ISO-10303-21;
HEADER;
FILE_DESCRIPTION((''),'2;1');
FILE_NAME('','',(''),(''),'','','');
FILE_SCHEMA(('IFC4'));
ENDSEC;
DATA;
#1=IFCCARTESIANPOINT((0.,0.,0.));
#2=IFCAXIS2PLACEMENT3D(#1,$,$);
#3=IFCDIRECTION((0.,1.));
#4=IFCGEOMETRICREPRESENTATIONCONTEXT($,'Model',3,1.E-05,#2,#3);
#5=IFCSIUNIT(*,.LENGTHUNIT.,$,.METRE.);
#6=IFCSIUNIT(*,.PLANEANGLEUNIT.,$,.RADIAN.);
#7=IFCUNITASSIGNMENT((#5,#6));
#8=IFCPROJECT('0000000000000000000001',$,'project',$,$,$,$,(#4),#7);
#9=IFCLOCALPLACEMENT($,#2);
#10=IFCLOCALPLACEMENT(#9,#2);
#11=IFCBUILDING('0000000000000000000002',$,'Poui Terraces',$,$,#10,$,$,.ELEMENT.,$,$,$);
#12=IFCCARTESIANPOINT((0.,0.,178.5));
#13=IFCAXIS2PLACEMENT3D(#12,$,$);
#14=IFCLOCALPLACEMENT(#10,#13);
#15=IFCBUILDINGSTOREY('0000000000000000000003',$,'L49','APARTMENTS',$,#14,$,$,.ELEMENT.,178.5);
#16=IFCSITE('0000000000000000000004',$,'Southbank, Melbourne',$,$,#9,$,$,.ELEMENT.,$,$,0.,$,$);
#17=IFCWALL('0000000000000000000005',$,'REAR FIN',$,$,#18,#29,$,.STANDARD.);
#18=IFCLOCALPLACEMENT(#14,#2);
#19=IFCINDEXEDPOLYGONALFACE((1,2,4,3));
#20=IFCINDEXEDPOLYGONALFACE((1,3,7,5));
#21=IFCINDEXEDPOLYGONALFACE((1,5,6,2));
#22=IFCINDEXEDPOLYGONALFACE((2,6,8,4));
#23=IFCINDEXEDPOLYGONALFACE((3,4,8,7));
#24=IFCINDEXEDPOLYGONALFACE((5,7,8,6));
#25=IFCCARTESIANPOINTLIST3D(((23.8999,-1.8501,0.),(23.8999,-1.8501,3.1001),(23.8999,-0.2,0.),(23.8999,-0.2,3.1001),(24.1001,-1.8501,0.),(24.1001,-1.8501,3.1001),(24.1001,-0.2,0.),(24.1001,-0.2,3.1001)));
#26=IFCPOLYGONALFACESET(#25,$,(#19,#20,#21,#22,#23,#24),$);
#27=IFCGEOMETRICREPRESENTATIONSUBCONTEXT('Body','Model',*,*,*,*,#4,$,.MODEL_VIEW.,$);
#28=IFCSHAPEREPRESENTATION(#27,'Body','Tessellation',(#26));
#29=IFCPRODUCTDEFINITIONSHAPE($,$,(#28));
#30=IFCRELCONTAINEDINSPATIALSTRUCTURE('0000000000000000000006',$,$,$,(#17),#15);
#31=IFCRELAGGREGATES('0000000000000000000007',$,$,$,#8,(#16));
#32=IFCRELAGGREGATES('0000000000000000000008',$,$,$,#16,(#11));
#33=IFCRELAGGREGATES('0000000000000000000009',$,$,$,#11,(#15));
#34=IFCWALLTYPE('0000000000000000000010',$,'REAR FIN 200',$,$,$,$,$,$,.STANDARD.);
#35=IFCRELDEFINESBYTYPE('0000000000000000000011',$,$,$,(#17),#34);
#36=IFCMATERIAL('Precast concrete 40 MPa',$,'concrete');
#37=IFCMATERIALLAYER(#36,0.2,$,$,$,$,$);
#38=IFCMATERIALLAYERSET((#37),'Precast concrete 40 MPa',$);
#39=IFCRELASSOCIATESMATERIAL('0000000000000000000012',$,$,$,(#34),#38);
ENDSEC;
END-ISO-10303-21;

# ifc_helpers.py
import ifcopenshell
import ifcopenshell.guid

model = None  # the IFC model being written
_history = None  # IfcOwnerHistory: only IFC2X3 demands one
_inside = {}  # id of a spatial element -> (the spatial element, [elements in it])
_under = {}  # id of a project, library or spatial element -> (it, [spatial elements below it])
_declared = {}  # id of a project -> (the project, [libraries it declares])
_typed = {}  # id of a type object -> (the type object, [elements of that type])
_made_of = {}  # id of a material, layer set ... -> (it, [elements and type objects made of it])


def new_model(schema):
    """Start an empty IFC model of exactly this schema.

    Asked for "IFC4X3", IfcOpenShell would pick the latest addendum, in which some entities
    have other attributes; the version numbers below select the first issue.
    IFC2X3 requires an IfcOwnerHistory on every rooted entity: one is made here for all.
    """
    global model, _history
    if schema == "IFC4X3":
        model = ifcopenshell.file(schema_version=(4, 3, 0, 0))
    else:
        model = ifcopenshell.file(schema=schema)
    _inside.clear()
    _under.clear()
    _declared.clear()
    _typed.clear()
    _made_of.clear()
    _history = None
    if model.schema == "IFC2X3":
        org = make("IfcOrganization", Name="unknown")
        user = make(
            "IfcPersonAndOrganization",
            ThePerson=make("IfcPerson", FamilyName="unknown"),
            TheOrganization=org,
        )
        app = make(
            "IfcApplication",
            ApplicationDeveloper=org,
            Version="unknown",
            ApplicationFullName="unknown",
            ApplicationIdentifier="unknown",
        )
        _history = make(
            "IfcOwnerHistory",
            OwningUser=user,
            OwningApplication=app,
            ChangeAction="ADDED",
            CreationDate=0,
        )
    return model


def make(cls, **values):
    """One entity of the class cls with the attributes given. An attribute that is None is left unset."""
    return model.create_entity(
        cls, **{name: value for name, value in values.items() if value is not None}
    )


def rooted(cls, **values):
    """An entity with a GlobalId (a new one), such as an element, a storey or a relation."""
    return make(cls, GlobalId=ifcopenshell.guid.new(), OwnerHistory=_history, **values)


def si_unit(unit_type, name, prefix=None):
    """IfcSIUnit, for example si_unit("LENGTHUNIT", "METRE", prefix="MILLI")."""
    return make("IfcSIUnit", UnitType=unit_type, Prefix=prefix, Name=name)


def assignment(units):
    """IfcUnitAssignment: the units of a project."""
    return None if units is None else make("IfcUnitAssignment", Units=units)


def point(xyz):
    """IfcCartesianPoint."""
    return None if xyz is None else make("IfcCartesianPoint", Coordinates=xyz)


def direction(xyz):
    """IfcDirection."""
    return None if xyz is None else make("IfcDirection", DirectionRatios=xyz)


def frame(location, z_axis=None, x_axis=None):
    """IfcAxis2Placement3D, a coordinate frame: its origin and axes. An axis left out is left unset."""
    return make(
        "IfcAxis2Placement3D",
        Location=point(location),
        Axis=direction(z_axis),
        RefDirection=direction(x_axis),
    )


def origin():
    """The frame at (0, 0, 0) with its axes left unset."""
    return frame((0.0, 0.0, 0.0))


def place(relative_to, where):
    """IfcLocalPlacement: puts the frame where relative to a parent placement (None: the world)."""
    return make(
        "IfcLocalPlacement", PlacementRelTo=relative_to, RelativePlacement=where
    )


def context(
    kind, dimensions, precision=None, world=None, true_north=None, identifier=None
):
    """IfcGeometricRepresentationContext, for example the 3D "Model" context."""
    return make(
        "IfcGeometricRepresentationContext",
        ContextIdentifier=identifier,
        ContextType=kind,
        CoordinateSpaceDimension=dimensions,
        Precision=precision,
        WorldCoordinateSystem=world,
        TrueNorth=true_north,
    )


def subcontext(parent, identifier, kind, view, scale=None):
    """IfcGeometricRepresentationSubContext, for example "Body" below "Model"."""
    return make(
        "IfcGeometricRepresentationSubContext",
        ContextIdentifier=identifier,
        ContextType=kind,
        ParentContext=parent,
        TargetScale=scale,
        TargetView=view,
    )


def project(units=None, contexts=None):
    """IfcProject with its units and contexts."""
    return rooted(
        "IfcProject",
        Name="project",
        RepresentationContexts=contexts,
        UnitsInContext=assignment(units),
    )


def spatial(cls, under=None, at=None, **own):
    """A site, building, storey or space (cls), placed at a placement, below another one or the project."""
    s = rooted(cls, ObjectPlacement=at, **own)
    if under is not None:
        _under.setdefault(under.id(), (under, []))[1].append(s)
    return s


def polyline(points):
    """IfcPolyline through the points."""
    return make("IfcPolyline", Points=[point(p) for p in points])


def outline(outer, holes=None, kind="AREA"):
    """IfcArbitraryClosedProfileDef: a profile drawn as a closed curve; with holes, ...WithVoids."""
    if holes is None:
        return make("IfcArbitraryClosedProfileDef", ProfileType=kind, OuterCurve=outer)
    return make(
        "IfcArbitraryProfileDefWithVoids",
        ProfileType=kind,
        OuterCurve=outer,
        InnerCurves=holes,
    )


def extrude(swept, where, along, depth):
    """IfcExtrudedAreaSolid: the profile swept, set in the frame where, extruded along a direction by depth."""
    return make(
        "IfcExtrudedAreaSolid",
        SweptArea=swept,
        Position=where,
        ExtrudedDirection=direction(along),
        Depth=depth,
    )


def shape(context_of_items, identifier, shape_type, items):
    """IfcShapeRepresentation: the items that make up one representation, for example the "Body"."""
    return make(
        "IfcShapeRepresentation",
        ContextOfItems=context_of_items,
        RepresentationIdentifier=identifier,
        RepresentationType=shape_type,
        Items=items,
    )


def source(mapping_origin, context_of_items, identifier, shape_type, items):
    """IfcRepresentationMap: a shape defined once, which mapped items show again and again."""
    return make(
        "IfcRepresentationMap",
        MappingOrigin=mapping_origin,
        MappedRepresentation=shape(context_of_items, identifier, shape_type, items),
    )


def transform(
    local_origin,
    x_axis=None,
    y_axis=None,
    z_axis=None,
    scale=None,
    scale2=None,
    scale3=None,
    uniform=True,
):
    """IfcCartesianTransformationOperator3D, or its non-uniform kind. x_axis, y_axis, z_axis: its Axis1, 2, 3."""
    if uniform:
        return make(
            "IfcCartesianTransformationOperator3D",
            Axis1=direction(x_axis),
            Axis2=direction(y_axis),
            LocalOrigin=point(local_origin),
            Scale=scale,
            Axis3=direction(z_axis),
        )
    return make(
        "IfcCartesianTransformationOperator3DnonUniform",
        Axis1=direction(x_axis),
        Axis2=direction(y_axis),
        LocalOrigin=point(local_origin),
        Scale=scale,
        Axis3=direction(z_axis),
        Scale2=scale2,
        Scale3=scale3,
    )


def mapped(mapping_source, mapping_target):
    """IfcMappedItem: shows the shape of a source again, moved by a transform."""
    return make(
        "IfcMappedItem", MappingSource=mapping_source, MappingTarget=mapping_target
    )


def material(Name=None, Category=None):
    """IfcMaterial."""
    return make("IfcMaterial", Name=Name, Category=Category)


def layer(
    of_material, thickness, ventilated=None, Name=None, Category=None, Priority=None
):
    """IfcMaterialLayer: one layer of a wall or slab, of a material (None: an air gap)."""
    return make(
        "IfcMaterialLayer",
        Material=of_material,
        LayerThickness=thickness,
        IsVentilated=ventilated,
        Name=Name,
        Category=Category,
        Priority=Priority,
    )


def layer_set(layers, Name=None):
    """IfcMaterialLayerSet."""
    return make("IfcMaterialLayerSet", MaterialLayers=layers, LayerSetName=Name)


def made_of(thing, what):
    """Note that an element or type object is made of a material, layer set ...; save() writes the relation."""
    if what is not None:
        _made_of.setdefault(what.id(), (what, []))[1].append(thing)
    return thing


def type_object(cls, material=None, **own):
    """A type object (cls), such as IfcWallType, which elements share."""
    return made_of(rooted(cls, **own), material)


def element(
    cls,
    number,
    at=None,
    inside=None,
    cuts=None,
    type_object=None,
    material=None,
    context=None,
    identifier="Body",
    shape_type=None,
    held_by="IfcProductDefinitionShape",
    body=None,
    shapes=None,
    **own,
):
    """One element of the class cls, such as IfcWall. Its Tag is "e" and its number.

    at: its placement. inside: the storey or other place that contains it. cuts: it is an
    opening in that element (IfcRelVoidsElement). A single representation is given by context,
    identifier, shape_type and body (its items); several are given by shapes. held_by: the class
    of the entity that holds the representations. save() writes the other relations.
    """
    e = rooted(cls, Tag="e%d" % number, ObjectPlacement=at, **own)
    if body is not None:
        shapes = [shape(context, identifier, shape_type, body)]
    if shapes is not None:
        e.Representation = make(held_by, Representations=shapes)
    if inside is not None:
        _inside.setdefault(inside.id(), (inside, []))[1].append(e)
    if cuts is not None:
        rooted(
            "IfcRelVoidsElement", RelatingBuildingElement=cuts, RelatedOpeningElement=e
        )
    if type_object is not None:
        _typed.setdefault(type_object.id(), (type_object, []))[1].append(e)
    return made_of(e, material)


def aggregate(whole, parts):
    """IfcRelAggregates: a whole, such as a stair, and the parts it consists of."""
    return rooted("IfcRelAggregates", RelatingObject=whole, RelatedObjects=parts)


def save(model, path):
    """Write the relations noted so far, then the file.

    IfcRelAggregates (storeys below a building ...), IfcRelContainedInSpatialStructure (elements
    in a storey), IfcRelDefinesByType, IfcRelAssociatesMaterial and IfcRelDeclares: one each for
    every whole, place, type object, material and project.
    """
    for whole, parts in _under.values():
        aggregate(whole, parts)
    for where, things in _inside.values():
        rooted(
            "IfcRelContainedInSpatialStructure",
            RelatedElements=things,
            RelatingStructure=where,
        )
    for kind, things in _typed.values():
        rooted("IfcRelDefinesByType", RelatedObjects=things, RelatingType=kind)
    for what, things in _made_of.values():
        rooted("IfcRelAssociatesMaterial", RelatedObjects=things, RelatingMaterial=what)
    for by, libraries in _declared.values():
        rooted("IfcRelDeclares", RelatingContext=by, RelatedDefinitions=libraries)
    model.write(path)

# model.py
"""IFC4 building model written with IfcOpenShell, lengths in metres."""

from ifc_helpers import new_model, si_unit, direction, frame, origin, place, context, subcontext, project, spatial, polyline, outline, extrude, source, transform, mapped, material, layer, layer_set, type_object, element, save


model = new_model("IFC4")

# Units and contexts
model_context = context("Model", 3, precision=1e-05, world=origin(), true_north=direction((0.0, 1.0)))
body_context = subcontext(model_context, "Body", "Model", "MODEL_VIEW")
ifc_project = project(units=[si_unit("LENGTHUNIT", "METRE"), si_unit("PLANEANGLEUNIT", "RADIAN")], contexts=[model_context])

# Site, building, storey
site_placement = place(None, origin())
site = spatial("IfcSite", under=ifc_project, at=site_placement, Name="Southbank, Melbourne", CompositionType="ELEMENT", RefElevation=0.0)
building_placement = place(site_placement, origin())
building = spatial("IfcBuilding", under=site, at=building_placement, Name="Poui Terraces", CompositionType="ELEMENT")
storey_placement = place(building_placement, frame((0.0, 0.0, 178.5)))
storey = spatial("IfcBuildingStorey", under=building, at=storey_placement, Name="L49", Description="APARTMENTS", CompositionType="ELEMENT", Elevation=178.5)

# Wall
ifc_material = material(Name="Precast concrete 40 MPa", Category="concrete")
ifc_layer = layer(ifc_material, 0.2)
ifc_layer_set = layer_set([ifc_layer], Name="Precast concrete 40 MPa")
wall_type = type_object("IfcWallType", Name="REAR FIN 200", PredefinedType="STANDARD", material=ifc_layer_set)
shared_shape = source(origin(), body_context, "Body", "SweptSolid", [
    extrude(outline(polyline([(0.0, 0.0), (0.2002, 0.0), (0.2002, 1.6501), (0.0, 1.6501), (0.0, 0.0)])), origin(), (0.0, 0.0, 1.0), 3.1001),
])
wall_placement = place(storey_placement, frame((23.8999, -1.8501, 0.0)))
element("IfcWall", 1, at=wall_placement, inside=storey, type_object=wall_type, Name="REAR FIN", PredefinedType="STANDARD", context=body_context, shape_type="MappedRepresentation", body=[
    mapped(shared_shape, transform((0.0, 0.0, 0.0))),
])

save(model, "model.ifc")
